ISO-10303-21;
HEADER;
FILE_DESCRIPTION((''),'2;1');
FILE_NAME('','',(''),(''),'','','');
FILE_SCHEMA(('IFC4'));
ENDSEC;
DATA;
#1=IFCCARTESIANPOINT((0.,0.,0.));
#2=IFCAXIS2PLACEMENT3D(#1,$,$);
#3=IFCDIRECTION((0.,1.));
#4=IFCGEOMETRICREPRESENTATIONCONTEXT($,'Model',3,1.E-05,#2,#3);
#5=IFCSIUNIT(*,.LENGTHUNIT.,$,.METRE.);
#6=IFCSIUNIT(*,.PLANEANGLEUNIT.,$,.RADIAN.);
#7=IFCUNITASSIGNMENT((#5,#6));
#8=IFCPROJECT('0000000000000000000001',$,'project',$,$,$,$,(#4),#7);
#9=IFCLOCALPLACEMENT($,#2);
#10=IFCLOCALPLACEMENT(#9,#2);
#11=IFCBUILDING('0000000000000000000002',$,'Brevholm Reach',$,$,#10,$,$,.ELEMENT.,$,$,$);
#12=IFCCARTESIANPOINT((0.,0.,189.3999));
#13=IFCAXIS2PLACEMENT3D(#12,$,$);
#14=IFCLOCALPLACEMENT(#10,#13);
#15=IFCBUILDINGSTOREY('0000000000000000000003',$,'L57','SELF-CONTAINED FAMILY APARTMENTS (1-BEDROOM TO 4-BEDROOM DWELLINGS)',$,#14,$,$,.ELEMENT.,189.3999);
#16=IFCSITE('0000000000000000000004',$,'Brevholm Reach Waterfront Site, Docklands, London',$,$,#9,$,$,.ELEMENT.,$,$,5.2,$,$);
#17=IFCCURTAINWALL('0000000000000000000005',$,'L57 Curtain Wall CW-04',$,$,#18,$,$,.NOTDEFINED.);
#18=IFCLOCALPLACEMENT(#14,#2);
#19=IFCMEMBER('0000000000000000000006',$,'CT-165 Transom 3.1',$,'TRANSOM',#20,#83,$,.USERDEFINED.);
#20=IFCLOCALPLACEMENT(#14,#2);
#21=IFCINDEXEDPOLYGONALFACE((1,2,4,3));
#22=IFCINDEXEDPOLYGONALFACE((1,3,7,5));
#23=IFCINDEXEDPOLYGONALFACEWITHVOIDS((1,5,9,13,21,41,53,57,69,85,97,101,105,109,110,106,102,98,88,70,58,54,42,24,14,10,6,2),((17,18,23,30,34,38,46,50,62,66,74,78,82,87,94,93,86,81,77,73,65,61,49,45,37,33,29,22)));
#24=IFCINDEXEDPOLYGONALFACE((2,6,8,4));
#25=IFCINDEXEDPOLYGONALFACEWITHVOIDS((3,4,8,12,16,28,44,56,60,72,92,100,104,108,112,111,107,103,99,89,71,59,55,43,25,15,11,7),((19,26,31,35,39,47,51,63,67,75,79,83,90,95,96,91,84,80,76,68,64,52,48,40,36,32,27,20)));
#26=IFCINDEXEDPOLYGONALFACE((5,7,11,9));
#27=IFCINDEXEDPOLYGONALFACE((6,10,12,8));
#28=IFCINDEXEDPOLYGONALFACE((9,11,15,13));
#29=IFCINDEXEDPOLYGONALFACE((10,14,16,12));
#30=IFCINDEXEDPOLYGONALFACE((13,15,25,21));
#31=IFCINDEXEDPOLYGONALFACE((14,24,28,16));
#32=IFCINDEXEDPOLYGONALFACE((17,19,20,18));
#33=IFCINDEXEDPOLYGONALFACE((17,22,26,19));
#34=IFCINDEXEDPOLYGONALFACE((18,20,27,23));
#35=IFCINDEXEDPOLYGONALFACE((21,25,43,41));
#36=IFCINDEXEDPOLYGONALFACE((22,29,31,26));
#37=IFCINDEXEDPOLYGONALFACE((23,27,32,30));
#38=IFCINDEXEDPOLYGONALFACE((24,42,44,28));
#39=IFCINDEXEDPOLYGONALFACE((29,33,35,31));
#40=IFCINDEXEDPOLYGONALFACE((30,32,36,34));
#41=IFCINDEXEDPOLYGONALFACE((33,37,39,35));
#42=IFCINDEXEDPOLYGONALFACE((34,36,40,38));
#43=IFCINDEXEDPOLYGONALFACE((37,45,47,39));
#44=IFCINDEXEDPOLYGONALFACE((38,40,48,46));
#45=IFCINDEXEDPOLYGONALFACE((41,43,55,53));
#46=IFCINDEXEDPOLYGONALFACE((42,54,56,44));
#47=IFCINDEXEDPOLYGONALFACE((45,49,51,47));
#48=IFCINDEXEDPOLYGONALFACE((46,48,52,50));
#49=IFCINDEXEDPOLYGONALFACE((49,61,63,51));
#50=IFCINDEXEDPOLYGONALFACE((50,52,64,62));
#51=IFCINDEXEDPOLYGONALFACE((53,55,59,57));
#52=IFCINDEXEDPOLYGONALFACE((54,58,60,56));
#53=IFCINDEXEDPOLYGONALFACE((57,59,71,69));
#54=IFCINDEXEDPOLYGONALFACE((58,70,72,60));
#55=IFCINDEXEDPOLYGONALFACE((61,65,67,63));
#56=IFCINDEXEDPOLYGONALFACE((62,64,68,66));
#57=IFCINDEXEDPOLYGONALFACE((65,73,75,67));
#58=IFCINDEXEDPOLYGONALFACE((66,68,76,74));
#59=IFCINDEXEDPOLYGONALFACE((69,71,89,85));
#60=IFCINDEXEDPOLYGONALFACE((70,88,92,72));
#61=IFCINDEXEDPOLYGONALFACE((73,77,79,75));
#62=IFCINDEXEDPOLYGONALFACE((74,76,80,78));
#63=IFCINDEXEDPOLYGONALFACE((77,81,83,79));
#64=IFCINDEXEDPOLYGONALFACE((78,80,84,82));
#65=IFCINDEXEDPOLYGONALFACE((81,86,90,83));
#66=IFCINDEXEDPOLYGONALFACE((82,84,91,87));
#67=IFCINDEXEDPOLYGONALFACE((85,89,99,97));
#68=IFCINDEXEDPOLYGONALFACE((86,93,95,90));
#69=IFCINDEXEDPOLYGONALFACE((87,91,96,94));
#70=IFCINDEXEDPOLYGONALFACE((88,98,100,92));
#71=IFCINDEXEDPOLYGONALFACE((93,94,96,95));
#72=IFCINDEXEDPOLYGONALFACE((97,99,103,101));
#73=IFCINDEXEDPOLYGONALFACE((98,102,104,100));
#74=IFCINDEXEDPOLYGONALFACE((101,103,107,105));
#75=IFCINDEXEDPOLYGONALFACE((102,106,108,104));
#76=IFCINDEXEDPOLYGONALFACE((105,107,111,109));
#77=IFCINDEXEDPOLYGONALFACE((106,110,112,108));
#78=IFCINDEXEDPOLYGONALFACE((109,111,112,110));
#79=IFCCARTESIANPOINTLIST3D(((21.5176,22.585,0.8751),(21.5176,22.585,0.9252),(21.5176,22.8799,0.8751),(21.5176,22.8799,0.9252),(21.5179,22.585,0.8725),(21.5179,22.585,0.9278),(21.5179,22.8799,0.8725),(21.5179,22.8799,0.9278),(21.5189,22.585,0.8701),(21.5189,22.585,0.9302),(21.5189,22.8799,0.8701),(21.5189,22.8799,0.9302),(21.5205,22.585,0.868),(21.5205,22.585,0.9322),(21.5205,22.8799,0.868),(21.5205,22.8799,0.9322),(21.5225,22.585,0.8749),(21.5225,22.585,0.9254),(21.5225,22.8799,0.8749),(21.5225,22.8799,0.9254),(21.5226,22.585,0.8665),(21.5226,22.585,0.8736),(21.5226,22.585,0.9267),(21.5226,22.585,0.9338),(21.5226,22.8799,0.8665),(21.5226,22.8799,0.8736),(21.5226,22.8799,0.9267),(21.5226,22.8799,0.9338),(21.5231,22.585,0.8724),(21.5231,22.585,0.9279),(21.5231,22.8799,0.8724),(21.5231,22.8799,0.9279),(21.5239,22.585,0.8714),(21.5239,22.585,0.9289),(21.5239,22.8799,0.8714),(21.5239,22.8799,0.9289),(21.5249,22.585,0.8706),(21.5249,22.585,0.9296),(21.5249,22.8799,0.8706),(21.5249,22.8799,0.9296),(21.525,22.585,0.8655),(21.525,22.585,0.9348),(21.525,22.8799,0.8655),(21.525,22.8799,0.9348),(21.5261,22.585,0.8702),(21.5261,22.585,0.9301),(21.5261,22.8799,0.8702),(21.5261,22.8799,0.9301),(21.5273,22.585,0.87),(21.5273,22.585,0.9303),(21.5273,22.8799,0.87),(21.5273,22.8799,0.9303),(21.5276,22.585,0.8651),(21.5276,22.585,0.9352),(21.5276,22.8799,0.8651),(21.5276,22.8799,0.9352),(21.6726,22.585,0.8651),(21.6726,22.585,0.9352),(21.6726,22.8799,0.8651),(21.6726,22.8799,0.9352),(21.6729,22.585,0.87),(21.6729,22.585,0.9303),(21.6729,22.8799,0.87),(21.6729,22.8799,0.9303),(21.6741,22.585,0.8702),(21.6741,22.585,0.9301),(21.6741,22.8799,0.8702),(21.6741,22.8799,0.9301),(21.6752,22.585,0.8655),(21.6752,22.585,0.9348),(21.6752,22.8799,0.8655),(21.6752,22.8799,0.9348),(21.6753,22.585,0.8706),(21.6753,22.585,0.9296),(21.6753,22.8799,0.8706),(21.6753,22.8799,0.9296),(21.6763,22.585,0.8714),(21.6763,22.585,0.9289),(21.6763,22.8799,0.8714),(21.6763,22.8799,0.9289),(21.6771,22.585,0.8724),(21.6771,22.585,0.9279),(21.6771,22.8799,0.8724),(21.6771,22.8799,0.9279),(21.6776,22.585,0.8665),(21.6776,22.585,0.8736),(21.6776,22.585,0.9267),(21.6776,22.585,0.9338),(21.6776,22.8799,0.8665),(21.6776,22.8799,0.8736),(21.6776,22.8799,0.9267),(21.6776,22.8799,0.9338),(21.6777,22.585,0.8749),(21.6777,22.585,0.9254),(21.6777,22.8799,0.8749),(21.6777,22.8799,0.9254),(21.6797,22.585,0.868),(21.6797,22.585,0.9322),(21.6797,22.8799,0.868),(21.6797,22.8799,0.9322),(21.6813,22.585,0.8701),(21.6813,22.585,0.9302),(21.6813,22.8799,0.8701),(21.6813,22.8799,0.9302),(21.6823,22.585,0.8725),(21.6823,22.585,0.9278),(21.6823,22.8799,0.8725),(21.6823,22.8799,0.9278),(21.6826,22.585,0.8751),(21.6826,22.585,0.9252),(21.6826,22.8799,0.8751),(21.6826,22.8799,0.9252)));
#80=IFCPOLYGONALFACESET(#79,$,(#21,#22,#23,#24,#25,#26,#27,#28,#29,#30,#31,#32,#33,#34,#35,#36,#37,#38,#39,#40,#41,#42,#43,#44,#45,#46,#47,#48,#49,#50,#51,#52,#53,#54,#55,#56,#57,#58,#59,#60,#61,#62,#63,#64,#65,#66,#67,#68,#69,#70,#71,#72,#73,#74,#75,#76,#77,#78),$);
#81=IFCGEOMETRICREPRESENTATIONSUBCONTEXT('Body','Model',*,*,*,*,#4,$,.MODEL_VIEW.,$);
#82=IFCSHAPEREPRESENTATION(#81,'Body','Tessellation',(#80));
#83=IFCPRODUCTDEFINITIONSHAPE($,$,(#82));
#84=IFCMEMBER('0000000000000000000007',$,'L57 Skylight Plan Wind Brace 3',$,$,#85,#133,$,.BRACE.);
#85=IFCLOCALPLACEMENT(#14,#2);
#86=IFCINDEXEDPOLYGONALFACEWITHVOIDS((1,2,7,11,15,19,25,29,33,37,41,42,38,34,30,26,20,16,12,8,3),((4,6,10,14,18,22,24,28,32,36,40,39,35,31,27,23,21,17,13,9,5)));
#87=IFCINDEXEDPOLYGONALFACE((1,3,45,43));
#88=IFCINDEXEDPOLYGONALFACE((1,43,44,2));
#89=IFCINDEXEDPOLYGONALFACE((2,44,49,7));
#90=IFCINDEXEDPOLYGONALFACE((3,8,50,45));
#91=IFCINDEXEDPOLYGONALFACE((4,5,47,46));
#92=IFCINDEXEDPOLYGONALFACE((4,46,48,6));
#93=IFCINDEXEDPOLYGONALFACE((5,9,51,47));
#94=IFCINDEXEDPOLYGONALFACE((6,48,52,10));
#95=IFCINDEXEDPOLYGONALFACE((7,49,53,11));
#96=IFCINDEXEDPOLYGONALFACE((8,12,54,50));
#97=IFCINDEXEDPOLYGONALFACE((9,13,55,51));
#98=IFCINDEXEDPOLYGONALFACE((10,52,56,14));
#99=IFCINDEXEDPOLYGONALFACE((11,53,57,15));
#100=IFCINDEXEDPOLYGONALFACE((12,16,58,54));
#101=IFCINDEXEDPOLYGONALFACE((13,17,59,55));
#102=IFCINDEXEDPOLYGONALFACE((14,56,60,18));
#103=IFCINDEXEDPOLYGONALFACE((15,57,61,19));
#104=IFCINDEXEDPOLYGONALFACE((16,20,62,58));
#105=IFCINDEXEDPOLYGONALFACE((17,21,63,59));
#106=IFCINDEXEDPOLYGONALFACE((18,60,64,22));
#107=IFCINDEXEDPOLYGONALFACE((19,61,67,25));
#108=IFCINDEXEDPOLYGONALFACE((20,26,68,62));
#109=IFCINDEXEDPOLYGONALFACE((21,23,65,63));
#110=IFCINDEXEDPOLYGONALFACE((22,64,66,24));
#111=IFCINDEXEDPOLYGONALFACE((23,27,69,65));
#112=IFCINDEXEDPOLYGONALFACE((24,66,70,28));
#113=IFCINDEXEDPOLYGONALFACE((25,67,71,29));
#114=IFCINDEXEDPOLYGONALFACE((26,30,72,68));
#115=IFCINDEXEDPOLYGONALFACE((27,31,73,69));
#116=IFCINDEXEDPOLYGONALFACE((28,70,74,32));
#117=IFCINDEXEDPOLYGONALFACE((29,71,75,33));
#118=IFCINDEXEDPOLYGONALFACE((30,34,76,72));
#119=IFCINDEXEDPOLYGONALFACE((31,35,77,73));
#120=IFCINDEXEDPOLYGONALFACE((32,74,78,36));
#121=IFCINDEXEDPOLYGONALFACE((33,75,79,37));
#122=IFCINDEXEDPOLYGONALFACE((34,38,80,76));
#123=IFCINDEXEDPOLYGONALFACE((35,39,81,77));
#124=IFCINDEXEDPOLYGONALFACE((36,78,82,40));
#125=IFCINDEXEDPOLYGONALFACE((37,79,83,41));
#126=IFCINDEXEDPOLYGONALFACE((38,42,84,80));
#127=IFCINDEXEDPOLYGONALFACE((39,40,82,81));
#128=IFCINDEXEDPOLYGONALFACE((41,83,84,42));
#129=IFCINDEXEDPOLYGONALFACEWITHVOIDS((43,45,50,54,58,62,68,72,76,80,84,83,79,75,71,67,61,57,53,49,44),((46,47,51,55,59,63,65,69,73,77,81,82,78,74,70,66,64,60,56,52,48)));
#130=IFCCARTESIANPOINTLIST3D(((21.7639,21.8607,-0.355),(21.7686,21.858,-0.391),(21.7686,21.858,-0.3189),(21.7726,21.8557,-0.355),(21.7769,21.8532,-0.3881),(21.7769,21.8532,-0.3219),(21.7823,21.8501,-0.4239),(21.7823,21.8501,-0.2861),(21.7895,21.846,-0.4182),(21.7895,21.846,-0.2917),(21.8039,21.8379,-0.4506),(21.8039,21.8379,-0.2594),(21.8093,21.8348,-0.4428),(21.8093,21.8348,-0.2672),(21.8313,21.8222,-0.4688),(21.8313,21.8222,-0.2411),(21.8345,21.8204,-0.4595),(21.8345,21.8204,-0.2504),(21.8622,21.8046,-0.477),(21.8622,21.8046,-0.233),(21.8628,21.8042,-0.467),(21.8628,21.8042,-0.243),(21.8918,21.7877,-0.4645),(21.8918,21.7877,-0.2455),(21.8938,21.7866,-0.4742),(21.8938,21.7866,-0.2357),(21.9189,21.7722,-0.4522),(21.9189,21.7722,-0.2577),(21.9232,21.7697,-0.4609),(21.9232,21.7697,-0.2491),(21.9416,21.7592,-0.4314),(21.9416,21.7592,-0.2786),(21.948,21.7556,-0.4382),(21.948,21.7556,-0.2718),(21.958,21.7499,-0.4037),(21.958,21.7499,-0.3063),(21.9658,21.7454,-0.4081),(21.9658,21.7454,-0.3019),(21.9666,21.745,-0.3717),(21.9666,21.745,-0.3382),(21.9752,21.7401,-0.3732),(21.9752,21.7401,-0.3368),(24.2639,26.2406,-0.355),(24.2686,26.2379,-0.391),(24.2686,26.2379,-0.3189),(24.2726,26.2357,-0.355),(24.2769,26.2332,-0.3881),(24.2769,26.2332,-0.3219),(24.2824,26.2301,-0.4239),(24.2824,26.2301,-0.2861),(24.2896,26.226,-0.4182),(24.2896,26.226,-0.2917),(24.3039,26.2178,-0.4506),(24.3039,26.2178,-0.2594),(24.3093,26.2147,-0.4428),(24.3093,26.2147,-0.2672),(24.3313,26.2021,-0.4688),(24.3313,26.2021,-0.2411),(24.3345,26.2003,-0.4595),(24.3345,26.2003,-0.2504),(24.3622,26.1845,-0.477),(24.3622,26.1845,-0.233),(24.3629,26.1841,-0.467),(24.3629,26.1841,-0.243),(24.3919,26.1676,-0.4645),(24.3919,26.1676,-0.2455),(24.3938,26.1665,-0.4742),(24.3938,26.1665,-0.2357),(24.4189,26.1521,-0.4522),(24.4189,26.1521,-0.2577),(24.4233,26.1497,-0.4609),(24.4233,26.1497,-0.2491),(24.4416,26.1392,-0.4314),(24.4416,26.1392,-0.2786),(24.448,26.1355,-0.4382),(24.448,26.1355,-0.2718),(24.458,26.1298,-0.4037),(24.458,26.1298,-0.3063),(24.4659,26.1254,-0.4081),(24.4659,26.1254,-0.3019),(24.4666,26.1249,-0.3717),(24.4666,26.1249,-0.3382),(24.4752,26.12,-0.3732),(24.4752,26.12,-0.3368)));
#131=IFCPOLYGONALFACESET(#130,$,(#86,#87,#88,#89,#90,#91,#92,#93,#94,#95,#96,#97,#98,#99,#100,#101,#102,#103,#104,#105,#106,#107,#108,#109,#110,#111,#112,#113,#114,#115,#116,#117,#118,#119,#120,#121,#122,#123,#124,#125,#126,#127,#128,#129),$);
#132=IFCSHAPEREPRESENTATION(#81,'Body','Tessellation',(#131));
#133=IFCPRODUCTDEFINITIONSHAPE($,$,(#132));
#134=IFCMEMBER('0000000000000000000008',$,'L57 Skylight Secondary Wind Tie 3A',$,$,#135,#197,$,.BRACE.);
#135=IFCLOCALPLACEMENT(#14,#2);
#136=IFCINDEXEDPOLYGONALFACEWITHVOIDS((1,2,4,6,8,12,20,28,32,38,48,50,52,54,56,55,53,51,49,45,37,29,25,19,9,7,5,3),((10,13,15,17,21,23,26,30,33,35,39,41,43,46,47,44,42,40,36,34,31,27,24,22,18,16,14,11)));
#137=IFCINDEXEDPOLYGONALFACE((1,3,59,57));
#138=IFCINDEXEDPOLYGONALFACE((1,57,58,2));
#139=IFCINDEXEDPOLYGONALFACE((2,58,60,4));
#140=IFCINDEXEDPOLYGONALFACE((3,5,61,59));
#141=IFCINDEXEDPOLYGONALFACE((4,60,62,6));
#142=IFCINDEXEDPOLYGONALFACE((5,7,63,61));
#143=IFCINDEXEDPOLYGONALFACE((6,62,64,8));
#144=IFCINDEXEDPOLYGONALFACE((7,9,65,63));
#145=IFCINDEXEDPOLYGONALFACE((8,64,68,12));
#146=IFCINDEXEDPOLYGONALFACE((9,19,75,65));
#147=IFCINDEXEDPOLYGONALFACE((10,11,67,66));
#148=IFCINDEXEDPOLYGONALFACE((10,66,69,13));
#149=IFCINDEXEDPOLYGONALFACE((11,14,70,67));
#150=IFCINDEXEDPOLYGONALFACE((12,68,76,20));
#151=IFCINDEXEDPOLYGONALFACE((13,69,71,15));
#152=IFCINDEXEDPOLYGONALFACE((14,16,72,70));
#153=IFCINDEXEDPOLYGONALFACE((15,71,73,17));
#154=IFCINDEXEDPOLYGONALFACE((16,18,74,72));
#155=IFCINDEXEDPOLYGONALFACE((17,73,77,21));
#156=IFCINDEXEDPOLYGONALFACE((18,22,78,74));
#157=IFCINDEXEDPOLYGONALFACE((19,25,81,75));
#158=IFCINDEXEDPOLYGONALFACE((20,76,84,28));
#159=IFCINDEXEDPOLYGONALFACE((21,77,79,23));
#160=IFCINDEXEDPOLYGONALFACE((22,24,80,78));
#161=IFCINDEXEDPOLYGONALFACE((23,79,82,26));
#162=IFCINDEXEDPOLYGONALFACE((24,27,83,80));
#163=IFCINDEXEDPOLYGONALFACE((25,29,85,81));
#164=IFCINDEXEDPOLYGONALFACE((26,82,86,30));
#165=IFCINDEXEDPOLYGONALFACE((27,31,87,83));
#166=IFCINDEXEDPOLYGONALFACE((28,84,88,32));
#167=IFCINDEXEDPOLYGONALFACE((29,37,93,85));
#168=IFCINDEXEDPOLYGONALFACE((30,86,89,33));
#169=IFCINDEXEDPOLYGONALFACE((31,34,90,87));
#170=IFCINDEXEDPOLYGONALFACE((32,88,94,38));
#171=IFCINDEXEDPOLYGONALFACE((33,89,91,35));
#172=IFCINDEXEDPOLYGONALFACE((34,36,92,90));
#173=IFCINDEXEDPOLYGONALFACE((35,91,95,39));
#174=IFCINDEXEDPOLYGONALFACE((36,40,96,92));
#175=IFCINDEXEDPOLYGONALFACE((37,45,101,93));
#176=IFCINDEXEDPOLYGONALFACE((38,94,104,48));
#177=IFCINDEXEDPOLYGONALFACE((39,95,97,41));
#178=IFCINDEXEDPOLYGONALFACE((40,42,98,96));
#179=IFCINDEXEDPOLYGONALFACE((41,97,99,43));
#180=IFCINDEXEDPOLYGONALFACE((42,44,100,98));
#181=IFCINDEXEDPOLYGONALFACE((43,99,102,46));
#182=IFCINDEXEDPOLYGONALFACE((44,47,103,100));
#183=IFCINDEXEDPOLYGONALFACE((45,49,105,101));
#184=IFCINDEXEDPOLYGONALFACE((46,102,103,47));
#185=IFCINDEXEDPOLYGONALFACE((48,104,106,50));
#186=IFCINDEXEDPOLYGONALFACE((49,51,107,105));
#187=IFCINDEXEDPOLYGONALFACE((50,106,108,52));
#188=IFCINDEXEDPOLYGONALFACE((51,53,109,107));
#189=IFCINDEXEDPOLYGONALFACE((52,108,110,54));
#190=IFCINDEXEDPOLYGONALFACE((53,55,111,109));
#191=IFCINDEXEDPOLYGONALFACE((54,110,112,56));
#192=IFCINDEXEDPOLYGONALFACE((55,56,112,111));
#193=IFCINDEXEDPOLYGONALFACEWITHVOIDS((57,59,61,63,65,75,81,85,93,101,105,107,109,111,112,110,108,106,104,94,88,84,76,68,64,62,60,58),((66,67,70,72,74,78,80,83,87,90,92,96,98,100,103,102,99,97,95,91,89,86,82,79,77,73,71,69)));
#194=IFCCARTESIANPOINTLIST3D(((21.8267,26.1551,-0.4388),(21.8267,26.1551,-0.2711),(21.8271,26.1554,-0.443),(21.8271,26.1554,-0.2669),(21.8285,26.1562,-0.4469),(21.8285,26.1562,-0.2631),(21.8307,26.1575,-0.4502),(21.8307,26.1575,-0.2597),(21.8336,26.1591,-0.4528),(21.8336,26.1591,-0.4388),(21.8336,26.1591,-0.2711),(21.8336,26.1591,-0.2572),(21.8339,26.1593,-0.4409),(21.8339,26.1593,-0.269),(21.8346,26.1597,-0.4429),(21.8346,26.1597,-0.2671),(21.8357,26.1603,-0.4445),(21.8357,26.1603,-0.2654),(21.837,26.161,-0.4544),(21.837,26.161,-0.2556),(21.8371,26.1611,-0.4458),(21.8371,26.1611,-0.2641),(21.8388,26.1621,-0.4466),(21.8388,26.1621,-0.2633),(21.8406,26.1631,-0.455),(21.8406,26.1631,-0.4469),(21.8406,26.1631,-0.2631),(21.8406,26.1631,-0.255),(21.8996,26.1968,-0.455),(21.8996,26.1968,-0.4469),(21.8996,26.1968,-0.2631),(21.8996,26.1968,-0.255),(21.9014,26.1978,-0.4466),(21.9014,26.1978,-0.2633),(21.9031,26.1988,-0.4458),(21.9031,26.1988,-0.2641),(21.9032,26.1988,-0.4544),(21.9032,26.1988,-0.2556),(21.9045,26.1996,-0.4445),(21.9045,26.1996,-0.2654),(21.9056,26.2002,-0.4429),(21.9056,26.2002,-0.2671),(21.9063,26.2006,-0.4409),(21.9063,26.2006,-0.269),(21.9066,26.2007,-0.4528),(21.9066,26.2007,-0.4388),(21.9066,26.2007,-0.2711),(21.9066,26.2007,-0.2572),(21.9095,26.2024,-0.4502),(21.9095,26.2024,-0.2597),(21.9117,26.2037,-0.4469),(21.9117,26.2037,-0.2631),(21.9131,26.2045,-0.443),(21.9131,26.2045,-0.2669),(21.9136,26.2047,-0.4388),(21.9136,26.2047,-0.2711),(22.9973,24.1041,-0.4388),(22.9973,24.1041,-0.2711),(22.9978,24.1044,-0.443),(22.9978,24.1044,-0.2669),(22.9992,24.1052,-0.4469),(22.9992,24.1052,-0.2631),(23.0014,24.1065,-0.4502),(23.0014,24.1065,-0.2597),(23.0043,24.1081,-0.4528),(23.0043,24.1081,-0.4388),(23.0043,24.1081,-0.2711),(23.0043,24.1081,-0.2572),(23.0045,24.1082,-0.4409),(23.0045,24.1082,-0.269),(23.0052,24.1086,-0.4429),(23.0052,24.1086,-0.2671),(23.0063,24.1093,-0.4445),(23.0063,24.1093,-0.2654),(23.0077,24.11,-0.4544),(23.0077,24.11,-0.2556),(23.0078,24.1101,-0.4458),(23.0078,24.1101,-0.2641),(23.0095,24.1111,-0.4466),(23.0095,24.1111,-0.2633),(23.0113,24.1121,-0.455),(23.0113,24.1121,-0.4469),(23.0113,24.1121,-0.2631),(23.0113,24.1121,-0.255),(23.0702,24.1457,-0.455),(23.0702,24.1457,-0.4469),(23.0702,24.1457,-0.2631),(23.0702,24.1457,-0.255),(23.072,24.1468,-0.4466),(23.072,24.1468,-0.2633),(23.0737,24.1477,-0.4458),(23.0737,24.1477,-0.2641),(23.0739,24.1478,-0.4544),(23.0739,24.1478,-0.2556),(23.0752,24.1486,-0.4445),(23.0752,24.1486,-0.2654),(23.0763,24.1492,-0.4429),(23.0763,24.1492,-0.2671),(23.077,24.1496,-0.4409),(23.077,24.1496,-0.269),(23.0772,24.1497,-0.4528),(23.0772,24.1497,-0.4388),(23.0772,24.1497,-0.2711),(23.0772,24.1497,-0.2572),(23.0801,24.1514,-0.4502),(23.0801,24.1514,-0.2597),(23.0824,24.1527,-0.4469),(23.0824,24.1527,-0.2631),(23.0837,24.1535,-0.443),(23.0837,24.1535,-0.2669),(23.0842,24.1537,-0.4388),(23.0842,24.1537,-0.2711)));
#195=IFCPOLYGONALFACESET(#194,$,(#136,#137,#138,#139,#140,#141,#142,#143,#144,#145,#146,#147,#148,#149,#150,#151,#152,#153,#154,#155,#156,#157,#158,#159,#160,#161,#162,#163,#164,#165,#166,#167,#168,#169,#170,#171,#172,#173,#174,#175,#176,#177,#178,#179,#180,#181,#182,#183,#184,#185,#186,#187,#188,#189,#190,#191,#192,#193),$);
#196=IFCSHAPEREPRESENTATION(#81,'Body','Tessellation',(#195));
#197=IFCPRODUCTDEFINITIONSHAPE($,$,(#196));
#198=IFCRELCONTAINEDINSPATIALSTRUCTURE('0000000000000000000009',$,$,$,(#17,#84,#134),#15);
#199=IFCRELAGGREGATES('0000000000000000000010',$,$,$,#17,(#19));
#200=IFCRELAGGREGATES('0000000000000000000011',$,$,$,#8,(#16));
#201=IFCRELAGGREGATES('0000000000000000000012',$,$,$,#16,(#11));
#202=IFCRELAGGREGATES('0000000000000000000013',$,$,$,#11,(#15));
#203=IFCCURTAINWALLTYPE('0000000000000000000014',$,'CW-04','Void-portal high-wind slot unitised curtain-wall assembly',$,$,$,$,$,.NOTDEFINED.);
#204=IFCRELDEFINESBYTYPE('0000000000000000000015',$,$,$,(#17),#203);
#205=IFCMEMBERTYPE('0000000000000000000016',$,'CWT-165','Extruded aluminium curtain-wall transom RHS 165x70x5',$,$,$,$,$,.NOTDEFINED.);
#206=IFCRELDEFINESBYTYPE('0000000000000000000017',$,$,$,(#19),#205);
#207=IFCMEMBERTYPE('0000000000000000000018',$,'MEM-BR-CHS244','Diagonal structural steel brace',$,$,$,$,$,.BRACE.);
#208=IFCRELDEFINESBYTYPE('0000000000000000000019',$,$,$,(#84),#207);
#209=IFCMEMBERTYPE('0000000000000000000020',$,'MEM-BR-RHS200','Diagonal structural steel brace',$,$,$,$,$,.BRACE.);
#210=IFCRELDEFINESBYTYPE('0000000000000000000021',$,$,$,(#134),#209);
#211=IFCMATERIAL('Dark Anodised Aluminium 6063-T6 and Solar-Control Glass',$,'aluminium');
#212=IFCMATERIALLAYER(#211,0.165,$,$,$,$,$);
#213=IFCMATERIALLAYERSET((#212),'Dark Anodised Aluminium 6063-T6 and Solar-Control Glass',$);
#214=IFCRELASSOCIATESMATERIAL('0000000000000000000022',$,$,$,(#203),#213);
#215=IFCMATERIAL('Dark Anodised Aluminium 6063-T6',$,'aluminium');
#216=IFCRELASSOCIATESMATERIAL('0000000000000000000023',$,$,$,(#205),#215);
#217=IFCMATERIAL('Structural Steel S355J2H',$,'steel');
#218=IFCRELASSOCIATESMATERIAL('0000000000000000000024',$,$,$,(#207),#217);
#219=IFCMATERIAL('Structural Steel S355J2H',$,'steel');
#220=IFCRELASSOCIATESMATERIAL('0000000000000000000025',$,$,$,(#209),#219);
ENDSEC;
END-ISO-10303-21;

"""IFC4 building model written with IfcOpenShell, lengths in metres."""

from ifc_helpers import new_model, si_unit, direction, frame, origin, origin_2d, place, context, subcontext, project, spatial, hollow_rectangle, hollow_circle, extrude, material, layer, layer_set, material_profile, profile_set, type_object, element, aggregate, save


model = new_model("IFC4")

# Units and contexts
model_context = context("Model", 3, precision=1e-05, world=origin(), true_north=direction((0.0, 1.0)))
body_context = subcontext(model_context, "Body", "Model", "MODEL_VIEW")
ifc_project = project(units=[si_unit("LENGTHUNIT", "METRE"), si_unit("PLANEANGLEUNIT", "RADIAN")], contexts=[model_context])

# Site, building, storey
site_placement = place(None, origin())
site = spatial("IfcSite", under=ifc_project, at=site_placement, Name="Brevholm Reach Waterfront Site, Docklands, London", CompositionType="ELEMENT", RefElevation=5.2)
building_placement = place(site_placement, origin())
building = spatial("IfcBuilding", under=site, at=building_placement, Name="Brevholm Reach", CompositionType="ELEMENT")
storey_placement = place(building_placement, frame((0.0, 0.0, 189.3999)))
storey = spatial("IfcBuildingStorey", under=building, at=storey_placement, Name="L57", Description="SELF-CONTAINED FAMILY APARTMENTS (1-BEDROOM TO 4-BEDROOM DWELLINGS)", CompositionType="ELEMENT", Elevation=189.3999)

# Curtain wall, member
ifc_material_1 = material(Name="Dark Anodised Aluminium 6063-T6 and Solar-Control Glass", Category="aluminium")
ifc_layer_1 = layer(ifc_material_1, 0.165)
ifc_layer_set_1 = layer_set([ifc_layer_1], Name="Dark Anodised Aluminium 6063-T6 and Solar-Control Glass")
curtain_wall_type = type_object("IfcCurtainWallType", Name="CW-04", Description="Void-portal high-wind slot unitised curtain-wall assembly", PredefinedType="NOTDEFINED", material=ifc_layer_set_1)
curtain_wall_placement = place(storey_placement, origin())
curtain_wall = element("IfcCurtainWall", 1, at=curtain_wall_placement, inside=storey, type_object=curtain_wall_type, Name="L57 Curtain Wall CW-04", PredefinedType="NOTDEFINED")
ifc_material_2 = material(Name="Dark Anodised Aluminium 6063-T6", Category="aluminium")
ifc_material_profile_1 = material_profile(ifc_material_2, hollow_rectangle(XDim=0.0701, YDim=0.165, WallThickness=0.0049, InnerFilletRadius=0.0049, OuterFilletRadius=0.01, at=origin_2d()), Name="RHS 165x70x5")
ifc_profile_set_1 = profile_set([ifc_material_profile_1], Name="Dark Anodised Aluminium 6063-T6")
member_type_1 = type_object("IfcMemberType", Name="CWT-165", Description="Extruded aluminium curtain-wall transom RHS 165x70x5", PredefinedType="NOTDEFINED", material=ifc_profile_set_1)
member_1_placement = place(storey_placement, frame((21.6001, 22.585, 0.9001), z_axis=(0.0, 1.0, 0.0), x_axis=(0.0, 0.0, 1.0)))
member_1 = element("IfcMember", 2, at=member_1_placement, type_object=member_type_1, Name="CT-165 Transom 3.1", ObjectType="TRANSOM", PredefinedType="USERDEFINED", context=body_context, shape_type="SweptSolid", body=[
    extrude(hollow_rectangle(XDim=0.0701, YDim=0.165, WallThickness=0.0049, InnerFilletRadius=0.0049, OuterFilletRadius=0.01, at=origin_2d()), origin(), (0.0, 0.0, 1.0), 0.2949),
])

# Members
ifc_material_3 = material(Name="Structural Steel S355J2H", Category="steel")
ifc_material_profile_2 = material_profile(ifc_material_3, hollow_circle(Radius=0.1223, WallThickness=0.01, at=origin_2d()), Name="CHS 244.5x10")
ifc_profile_set_2 = profile_set([ifc_material_profile_2], Name="Structural Steel S355J2H")
member_type_2 = type_object("IfcMemberType", Name="MEM-BR-CHS244", Description="Diagonal structural steel brace", PredefinedType="BRACE", material=ifc_profile_set_2)
member_2_placement = place(storey_placement, frame((21.8701, 21.8, -0.355), z_axis=(0.495722, 0.868481, 0.0), x_axis=(-0.868481, 0.495722, 0.0)))
element("IfcMember", 3, at=member_2_placement, inside=storey, type_object=member_type_2, Name="L57 Skylight Plan Wind Brace 3", PredefinedType="BRACE", context=body_context, shape_type="SweptSolid", body=[
    extrude(hollow_circle(Radius=0.1223, WallThickness=0.01, at=origin_2d()), origin(), (0.0, 0.0, 1.0), 5.0432),
])
ifc_material_4 = material(Name="Structural Steel S355J2H", Category="steel")
ifc_material_profile_3 = material_profile(ifc_material_4, hollow_rectangle(XDim=0.1001, YDim=0.2, WallThickness=0.0081, InnerFilletRadius=0.0081, OuterFilletRadius=0.0161, at=origin_2d()), Name="RHS 200x100x8")
ifc_profile_set_3 = profile_set([ifc_material_profile_3], Name="Structural Steel S355J2H")
member_type_3 = type_object("IfcMemberType", Name="MEM-BR-RHS200", Description="Diagonal structural steel brace", PredefinedType="BRACE", material=ifc_profile_set_3)
member_3_placement = place(storey_placement, frame((21.8701, 26.1799, -0.355), z_axis=(0.495705, -0.868491, 0.0), x_axis=(0.868491, 0.495705, 0.0)))
element("IfcMember", 4, at=member_3_placement, inside=storey, type_object=member_type_3, Name="L57 Skylight Secondary Wind Tie 3A", PredefinedType="BRACE", context=body_context, shape_type="SweptSolid", body=[
    extrude(hollow_rectangle(XDim=0.1001, YDim=0.2, WallThickness=0.0081, InnerFilletRadius=0.0081, OuterFilletRadius=0.0161, at=origin_2d()), origin(), (0.0, 0.0, 1.0), 2.3616),
])

aggregate(curtain_wall, [member_1])

save(model, "model.ifc")
